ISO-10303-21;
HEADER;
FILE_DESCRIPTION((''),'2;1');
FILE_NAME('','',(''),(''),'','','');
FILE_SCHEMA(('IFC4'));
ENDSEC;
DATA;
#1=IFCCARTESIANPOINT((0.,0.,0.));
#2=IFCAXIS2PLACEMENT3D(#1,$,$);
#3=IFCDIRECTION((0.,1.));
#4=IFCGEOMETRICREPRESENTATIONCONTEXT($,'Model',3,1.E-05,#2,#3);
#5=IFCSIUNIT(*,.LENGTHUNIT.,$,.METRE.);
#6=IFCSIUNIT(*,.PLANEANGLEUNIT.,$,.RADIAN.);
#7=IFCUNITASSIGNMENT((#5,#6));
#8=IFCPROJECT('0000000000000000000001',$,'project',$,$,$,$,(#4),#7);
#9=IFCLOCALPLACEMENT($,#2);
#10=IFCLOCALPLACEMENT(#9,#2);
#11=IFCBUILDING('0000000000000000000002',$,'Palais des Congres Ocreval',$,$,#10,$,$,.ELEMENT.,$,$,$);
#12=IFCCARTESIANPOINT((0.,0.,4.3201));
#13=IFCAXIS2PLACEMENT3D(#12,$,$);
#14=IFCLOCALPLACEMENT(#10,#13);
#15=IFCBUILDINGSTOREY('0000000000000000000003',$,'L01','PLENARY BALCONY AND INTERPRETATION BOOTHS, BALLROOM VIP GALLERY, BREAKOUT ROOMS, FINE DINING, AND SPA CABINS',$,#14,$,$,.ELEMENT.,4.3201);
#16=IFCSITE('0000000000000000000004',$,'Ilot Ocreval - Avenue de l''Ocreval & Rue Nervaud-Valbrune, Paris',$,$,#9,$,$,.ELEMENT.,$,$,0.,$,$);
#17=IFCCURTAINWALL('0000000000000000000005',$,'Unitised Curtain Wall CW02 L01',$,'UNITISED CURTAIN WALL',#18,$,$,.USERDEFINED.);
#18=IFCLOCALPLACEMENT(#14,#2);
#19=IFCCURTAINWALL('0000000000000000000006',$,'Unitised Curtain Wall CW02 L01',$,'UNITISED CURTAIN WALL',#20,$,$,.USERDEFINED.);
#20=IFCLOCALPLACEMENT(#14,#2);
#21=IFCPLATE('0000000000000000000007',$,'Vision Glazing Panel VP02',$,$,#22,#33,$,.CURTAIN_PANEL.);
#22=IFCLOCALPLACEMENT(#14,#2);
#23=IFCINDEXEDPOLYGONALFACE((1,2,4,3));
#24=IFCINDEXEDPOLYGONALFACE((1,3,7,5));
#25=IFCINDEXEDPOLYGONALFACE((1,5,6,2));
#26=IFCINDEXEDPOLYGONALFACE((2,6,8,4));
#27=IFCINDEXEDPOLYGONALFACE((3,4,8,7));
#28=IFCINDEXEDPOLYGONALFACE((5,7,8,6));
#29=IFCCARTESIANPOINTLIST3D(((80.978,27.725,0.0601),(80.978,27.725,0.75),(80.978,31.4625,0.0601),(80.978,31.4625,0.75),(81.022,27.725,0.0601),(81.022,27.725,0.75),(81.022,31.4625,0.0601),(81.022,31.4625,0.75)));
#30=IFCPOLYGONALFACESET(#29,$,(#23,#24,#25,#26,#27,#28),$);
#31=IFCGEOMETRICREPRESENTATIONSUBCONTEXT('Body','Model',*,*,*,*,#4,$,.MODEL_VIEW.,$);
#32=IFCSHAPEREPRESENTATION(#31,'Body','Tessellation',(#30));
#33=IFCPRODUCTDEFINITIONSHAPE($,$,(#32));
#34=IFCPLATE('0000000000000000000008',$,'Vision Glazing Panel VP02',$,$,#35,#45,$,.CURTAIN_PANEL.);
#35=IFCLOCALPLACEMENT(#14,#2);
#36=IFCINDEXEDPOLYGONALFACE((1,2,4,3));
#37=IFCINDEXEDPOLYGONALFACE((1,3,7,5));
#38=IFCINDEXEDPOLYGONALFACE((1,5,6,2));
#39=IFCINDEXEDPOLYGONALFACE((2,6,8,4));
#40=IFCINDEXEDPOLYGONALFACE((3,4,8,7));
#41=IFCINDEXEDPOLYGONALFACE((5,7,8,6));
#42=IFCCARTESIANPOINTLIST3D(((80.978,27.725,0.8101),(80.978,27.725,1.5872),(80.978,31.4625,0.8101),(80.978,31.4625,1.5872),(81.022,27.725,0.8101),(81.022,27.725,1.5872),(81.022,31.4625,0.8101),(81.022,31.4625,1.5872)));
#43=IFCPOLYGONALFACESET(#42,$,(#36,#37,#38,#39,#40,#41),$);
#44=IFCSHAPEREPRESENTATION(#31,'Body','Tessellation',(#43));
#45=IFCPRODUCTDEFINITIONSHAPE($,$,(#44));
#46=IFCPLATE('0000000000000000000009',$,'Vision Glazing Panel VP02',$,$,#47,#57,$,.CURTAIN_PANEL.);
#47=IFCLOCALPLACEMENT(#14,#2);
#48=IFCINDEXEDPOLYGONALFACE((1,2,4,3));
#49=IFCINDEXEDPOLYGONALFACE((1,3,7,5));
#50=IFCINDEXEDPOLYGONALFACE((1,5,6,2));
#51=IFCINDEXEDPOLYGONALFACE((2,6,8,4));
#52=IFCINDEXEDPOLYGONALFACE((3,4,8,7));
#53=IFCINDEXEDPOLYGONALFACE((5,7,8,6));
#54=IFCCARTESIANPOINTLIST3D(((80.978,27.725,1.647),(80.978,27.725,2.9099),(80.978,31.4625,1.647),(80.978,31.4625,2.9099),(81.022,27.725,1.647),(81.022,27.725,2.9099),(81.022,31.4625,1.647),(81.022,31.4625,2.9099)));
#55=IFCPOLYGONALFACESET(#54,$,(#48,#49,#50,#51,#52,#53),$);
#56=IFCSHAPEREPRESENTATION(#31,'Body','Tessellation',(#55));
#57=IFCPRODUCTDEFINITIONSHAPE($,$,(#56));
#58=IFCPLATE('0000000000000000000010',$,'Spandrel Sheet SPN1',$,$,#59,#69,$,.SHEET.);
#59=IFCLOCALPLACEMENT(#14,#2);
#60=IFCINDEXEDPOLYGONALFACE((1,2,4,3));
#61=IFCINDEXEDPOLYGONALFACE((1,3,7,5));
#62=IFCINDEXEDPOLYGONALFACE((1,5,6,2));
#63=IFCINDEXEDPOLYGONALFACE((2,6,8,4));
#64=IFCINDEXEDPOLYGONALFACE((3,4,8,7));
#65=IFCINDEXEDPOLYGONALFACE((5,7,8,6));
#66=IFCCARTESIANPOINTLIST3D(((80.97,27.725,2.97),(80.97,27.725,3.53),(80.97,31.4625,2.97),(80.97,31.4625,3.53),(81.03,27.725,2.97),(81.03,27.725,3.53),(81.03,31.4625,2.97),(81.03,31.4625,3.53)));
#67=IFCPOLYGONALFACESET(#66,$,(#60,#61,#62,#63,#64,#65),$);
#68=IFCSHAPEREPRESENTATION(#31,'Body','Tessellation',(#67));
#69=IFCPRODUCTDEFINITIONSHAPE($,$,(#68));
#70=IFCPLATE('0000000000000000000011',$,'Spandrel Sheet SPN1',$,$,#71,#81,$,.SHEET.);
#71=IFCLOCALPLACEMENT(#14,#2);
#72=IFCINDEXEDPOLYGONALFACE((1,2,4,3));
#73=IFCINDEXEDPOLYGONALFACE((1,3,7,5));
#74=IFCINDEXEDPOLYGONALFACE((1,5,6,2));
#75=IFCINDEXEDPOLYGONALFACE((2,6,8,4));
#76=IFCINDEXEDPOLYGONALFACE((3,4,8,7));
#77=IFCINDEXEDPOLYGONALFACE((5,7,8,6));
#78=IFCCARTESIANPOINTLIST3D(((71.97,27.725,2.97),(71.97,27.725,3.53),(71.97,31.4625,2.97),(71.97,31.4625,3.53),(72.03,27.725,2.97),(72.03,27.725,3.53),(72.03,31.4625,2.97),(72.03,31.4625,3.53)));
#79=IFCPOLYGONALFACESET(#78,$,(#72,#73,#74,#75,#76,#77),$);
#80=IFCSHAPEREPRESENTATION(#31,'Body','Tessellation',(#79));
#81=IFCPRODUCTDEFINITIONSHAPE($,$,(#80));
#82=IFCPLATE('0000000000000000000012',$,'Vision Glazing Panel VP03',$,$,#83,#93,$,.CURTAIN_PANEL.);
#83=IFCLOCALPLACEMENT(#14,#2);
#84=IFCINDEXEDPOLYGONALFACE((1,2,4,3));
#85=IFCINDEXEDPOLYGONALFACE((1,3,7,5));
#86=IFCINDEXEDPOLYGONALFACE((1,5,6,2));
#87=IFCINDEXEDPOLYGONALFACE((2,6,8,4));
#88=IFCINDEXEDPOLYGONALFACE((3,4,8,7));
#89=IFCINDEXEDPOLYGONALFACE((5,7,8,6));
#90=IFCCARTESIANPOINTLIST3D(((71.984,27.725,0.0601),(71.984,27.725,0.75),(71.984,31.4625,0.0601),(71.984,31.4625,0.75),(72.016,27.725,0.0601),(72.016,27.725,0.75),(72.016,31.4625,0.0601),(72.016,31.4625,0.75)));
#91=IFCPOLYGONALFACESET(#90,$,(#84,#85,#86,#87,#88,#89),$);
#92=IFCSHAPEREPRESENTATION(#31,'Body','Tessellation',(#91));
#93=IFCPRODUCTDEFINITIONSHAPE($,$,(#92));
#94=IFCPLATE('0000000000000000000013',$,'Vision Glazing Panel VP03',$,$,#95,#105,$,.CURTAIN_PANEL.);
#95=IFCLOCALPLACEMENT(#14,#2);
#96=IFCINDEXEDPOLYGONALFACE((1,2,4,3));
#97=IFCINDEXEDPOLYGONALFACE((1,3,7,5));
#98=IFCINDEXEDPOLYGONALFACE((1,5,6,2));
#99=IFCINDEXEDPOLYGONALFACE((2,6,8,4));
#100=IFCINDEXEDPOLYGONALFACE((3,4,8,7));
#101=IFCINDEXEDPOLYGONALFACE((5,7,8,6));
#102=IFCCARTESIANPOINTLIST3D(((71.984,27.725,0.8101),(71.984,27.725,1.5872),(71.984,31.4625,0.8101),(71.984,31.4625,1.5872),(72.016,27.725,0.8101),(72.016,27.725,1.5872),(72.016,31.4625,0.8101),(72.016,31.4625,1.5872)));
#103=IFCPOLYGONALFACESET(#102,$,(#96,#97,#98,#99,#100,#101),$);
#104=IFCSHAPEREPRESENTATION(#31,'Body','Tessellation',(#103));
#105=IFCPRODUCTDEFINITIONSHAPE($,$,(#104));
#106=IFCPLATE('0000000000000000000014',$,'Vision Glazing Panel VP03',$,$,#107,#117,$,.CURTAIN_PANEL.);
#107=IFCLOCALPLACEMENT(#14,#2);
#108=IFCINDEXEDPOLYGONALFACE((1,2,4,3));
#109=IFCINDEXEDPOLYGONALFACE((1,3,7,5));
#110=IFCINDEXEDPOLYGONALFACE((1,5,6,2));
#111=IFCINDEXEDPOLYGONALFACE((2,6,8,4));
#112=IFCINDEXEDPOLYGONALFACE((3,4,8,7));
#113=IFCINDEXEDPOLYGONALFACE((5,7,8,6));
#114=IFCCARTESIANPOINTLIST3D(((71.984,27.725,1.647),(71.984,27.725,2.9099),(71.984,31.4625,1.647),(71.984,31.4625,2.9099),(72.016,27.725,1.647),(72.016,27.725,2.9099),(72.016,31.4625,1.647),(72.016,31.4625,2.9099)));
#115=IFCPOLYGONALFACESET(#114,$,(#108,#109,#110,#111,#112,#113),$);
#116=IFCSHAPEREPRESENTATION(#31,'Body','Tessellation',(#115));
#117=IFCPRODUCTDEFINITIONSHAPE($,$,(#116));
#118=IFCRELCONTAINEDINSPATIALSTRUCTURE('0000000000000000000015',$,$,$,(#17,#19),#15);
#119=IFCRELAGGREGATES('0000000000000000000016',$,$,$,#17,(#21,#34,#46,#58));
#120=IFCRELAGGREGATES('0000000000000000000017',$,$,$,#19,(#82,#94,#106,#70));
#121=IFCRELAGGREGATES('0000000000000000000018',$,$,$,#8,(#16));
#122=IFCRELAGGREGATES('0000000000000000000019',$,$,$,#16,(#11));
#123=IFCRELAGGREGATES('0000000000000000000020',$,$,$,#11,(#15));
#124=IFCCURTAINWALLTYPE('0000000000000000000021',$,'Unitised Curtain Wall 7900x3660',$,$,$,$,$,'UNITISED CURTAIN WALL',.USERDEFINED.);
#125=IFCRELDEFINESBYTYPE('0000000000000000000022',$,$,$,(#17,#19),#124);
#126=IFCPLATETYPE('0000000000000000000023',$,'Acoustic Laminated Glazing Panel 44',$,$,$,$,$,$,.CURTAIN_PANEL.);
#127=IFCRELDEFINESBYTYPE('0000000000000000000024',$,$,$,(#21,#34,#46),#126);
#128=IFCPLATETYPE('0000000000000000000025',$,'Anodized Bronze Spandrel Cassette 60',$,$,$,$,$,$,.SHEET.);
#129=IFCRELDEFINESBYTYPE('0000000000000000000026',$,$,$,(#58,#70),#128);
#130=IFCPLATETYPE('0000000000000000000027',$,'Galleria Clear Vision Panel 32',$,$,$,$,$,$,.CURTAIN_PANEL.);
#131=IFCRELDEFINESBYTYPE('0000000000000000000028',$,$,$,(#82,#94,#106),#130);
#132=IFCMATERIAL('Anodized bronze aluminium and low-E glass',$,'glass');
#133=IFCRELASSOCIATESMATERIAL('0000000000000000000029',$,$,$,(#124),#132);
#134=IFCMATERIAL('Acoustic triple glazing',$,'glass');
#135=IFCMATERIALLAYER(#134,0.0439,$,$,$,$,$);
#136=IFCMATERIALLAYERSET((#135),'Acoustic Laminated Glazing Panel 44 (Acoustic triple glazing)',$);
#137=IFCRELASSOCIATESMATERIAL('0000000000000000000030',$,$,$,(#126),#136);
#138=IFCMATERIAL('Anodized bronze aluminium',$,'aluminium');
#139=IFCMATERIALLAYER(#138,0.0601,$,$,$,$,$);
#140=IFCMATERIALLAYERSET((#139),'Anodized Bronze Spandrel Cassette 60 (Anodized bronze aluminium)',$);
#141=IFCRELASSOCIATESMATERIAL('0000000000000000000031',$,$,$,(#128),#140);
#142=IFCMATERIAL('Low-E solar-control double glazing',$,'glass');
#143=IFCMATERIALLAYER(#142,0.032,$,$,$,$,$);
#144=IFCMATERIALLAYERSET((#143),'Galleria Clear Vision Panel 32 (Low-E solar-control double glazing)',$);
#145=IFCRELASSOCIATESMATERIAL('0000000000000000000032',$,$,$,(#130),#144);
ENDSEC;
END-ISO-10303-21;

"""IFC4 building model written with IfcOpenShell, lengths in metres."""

from ifc_helpers import new_model, si_unit, direction, frame, origin, origin_2d, place, context, subcontext, project, spatial, rectangle, extrude, material, layer, layer_set, type_object, element, aggregate, save


model = new_model("IFC4")

# Units and contexts
model_context = context("Model", 3, precision=1e-05, world=origin(), true_north=direction((0.0, 1.0)))
body_context = subcontext(model_context, "Body", "Model", "MODEL_VIEW")
ifc_project = project(units=[si_unit("LENGTHUNIT", "METRE"), si_unit("PLANEANGLEUNIT", "RADIAN")], contexts=[model_context])

# Site, building, storey
site_placement = place(None, origin())
site = spatial("IfcSite", under=ifc_project, at=site_placement, Name="Ilot Ocreval - Avenue de l'Ocreval & Rue Nervaud-Valbrune, Paris", CompositionType="ELEMENT", RefElevation=0.0)
building_placement = place(site_placement, origin())
building = spatial("IfcBuilding", under=site, at=building_placement, Name="Palais des Congres Ocreval", CompositionType="ELEMENT")
storey_placement = place(building_placement, frame((0.0, 0.0, 4.3201)))
storey = spatial("IfcBuildingStorey", under=building, at=storey_placement, Name="L01", Description="PLENARY BALCONY AND INTERPRETATION BOOTHS, BALLROOM VIP GALLERY, BREAKOUT ROOMS, FINE DINING, AND SPA CABINS", CompositionType="ELEMENT", Elevation=4.3201)

# Curtain wall
ifc_material_1 = material(Name="Anodized bronze aluminium and low-E glass", Category="glass")
curtain_wall_type = type_object("IfcCurtainWallType", Name="Unitised Curtain Wall 7900x3660", ElementType="UNITISED CURTAIN WALL", PredefinedType="USERDEFINED", material=ifc_material_1)
curtain_wall_1_placement = place(storey_placement, origin())
curtain_wall_1 = element("IfcCurtainWall", 1, at=curtain_wall_1_placement, inside=storey, type_object=curtain_wall_type, Name="Unitised Curtain Wall CW02 L01", ObjectType="UNITISED CURTAIN WALL", PredefinedType="USERDEFINED")
ifc_material_2 = material(Name="Anodized bronze aluminium", Category="aluminium")

# Curtain wall
curtain_wall_2_placement = place(storey_placement, origin())
curtain_wall_2 = element("IfcCurtainWall", 2, at=curtain_wall_2_placement, inside=storey, type_object=curtain_wall_type, Name="Unitised Curtain Wall CW02 L01", ObjectType="UNITISED CURTAIN WALL", PredefinedType="USERDEFINED")

# Plates
ifc_material_3 = material(Name="Acoustic triple glazing", Category="glass")
ifc_layer_1 = layer(ifc_material_3, 0.0439)
ifc_layer_set_1 = layer_set([ifc_layer_1], Name="Acoustic Laminated Glazing Panel 44 (Acoustic triple glazing)")
plate_type_1 = type_object("IfcPlateType", Name="Acoustic Laminated Glazing Panel 44", PredefinedType="CURTAIN_PANEL", material=ifc_layer_set_1)
plate_1_placement = place(storey_placement, frame((81.0, 29.5938, 0.0601), z_axis=(0.0, 0.0, 1.0), x_axis=(0.0, -1.0, 0.0)))
plate_1 = element("IfcPlate", 3, at=plate_1_placement, type_object=plate_type_1, Name="Vision Glazing Panel VP02", PredefinedType="CURTAIN_PANEL", context=body_context, shape_type="SweptSolid", body=[
    extrude(rectangle(XDim=3.7375, YDim=0.0439, at=origin_2d()), origin(), (0.0, 0.0, 1.0), 0.6899),
])
plate_2_placement = place(storey_placement, frame((81.0, 29.5938, 0.8101), z_axis=(0.0, 0.0, 1.0), x_axis=(0.0, -1.0, 0.0)))
plate_2 = element("IfcPlate", 4, at=plate_2_placement, type_object=plate_type_1, Name="Vision Glazing Panel VP02", PredefinedType="CURTAIN_PANEL", context=body_context, shape_type="SweptSolid", body=[
    extrude(rectangle(XDim=3.7375, YDim=0.0439, at=origin_2d()), origin(), (0.0, 0.0, 1.0), 0.7771),
])
plate_3_placement = place(storey_placement, frame((81.0, 29.5938, 1.647), z_axis=(0.0, 0.0, 1.0), x_axis=(0.0, -1.0, 0.0)))
plate_3 = element("IfcPlate", 5, at=plate_3_placement, type_object=plate_type_1, Name="Vision Glazing Panel VP02", PredefinedType="CURTAIN_PANEL", context=body_context, shape_type="SweptSolid", body=[
    extrude(rectangle(XDim=3.7375, YDim=0.0439, at=origin_2d()), origin(), (0.0, 0.0, 1.0), 1.2629),
])
ifc_layer_2 = layer(ifc_material_2, 0.0601)
ifc_layer_set_2 = layer_set([ifc_layer_2], Name="Anodized Bronze Spandrel Cassette 60 (Anodized bronze aluminium)")
plate_type_2 = type_object("IfcPlateType", Name="Anodized Bronze Spandrel Cassette 60", PredefinedType="SHEET", material=ifc_layer_set_2)
plate_4_placement = place(storey_placement, frame((81.0, 29.5938, 2.97), z_axis=(0.0, 0.0, 1.0), x_axis=(0.0, -1.0, 0.0)))
plate_4 = element("IfcPlate", 6, at=plate_4_placement, type_object=plate_type_2, Name="Spandrel Sheet SPN1", PredefinedType="SHEET", context=body_context, shape_type="SweptSolid", body=[
    extrude(rectangle(XDim=3.7375, YDim=0.0601, at=origin_2d()), origin(), (0.0, 0.0, 1.0), 0.5601),
])
aggregate(curtain_wall_1, [plate_1, plate_2, plate_3, plate_4])
plate_5_placement = place(storey_placement, frame((72.0, 29.5938, 2.97), z_axis=(0.0, 0.0, 1.0), x_axis=(0.0, 1.0, 0.0)))
plate_5 = element("IfcPlate", 7, at=plate_5_placement, type_object=plate_type_2, Name="Spandrel Sheet SPN1", PredefinedType="SHEET", context=body_context, shape_type="SweptSolid", body=[
    extrude(rectangle(XDim=3.7375, YDim=0.0601, at=origin_2d()), origin(), (0.0, 0.0, 1.0), 0.5601),
])
ifc_material_4 = material(Name="Low-E solar-control double glazing", Category="glass")
ifc_layer_3 = layer(ifc_material_4, 0.032)
ifc_layer_set_3 = layer_set([ifc_layer_3], Name="Galleria Clear Vision Panel 32 (Low-E solar-control double glazing)")
plate_type_3 = type_object("IfcPlateType", Name="Galleria Clear Vision Panel 32", PredefinedType="CURTAIN_PANEL", material=ifc_layer_set_3)
plate_6_placement = place(storey_placement, frame((72.0, 29.5938, 0.0601), z_axis=(0.0, 0.0, 1.0), x_axis=(0.0, 1.0, 0.0)))
plate_6 = element("IfcPlate", 8, at=plate_6_placement, type_object=plate_type_3, Name="Vision Glazing Panel VP03", PredefinedType="CURTAIN_PANEL", context=body_context, shape_type="SweptSolid", body=[
    extrude(rectangle(XDim=3.7375, YDim=0.032, at=origin_2d()), origin(), (0.0, 0.0, 1.0), 0.6899),
])
plate_7_placement = place(storey_placement, frame((72.0, 29.5938, 0.8101), z_axis=(0.0, 0.0, 1.0), x_axis=(0.0, 1.0, 0.0)))
plate_7 = element("IfcPlate", 9, at=plate_7_placement, type_object=plate_type_3, Name="Vision Glazing Panel VP03", PredefinedType="CURTAIN_PANEL", context=body_context, shape_type="SweptSolid", body=[
    extrude(rectangle(XDim=3.7375, YDim=0.032, at=origin_2d()), origin(), (0.0, 0.0, 1.0), 0.7771),
])
plate_8_placement = place(storey_placement, frame((72.0, 29.5938, 1.647), z_axis=(0.0, 0.0, 1.0), x_axis=(0.0, 1.0, 0.0)))
plate_8 = element("IfcPlate", 10, at=plate_8_placement, type_object=plate_type_3, Name="Vision Glazing Panel VP03", PredefinedType="CURTAIN_PANEL", context=body_context, shape_type="SweptSolid", body=[
    extrude(rectangle(XDim=3.7375, YDim=0.032, at=origin_2d()), origin(), (0.0, 0.0, 1.0), 1.2629),
])
aggregate(curtain_wall_2, [plate_6, plate_7, plate_8, plate_5])

save(model, "model.ifc")
